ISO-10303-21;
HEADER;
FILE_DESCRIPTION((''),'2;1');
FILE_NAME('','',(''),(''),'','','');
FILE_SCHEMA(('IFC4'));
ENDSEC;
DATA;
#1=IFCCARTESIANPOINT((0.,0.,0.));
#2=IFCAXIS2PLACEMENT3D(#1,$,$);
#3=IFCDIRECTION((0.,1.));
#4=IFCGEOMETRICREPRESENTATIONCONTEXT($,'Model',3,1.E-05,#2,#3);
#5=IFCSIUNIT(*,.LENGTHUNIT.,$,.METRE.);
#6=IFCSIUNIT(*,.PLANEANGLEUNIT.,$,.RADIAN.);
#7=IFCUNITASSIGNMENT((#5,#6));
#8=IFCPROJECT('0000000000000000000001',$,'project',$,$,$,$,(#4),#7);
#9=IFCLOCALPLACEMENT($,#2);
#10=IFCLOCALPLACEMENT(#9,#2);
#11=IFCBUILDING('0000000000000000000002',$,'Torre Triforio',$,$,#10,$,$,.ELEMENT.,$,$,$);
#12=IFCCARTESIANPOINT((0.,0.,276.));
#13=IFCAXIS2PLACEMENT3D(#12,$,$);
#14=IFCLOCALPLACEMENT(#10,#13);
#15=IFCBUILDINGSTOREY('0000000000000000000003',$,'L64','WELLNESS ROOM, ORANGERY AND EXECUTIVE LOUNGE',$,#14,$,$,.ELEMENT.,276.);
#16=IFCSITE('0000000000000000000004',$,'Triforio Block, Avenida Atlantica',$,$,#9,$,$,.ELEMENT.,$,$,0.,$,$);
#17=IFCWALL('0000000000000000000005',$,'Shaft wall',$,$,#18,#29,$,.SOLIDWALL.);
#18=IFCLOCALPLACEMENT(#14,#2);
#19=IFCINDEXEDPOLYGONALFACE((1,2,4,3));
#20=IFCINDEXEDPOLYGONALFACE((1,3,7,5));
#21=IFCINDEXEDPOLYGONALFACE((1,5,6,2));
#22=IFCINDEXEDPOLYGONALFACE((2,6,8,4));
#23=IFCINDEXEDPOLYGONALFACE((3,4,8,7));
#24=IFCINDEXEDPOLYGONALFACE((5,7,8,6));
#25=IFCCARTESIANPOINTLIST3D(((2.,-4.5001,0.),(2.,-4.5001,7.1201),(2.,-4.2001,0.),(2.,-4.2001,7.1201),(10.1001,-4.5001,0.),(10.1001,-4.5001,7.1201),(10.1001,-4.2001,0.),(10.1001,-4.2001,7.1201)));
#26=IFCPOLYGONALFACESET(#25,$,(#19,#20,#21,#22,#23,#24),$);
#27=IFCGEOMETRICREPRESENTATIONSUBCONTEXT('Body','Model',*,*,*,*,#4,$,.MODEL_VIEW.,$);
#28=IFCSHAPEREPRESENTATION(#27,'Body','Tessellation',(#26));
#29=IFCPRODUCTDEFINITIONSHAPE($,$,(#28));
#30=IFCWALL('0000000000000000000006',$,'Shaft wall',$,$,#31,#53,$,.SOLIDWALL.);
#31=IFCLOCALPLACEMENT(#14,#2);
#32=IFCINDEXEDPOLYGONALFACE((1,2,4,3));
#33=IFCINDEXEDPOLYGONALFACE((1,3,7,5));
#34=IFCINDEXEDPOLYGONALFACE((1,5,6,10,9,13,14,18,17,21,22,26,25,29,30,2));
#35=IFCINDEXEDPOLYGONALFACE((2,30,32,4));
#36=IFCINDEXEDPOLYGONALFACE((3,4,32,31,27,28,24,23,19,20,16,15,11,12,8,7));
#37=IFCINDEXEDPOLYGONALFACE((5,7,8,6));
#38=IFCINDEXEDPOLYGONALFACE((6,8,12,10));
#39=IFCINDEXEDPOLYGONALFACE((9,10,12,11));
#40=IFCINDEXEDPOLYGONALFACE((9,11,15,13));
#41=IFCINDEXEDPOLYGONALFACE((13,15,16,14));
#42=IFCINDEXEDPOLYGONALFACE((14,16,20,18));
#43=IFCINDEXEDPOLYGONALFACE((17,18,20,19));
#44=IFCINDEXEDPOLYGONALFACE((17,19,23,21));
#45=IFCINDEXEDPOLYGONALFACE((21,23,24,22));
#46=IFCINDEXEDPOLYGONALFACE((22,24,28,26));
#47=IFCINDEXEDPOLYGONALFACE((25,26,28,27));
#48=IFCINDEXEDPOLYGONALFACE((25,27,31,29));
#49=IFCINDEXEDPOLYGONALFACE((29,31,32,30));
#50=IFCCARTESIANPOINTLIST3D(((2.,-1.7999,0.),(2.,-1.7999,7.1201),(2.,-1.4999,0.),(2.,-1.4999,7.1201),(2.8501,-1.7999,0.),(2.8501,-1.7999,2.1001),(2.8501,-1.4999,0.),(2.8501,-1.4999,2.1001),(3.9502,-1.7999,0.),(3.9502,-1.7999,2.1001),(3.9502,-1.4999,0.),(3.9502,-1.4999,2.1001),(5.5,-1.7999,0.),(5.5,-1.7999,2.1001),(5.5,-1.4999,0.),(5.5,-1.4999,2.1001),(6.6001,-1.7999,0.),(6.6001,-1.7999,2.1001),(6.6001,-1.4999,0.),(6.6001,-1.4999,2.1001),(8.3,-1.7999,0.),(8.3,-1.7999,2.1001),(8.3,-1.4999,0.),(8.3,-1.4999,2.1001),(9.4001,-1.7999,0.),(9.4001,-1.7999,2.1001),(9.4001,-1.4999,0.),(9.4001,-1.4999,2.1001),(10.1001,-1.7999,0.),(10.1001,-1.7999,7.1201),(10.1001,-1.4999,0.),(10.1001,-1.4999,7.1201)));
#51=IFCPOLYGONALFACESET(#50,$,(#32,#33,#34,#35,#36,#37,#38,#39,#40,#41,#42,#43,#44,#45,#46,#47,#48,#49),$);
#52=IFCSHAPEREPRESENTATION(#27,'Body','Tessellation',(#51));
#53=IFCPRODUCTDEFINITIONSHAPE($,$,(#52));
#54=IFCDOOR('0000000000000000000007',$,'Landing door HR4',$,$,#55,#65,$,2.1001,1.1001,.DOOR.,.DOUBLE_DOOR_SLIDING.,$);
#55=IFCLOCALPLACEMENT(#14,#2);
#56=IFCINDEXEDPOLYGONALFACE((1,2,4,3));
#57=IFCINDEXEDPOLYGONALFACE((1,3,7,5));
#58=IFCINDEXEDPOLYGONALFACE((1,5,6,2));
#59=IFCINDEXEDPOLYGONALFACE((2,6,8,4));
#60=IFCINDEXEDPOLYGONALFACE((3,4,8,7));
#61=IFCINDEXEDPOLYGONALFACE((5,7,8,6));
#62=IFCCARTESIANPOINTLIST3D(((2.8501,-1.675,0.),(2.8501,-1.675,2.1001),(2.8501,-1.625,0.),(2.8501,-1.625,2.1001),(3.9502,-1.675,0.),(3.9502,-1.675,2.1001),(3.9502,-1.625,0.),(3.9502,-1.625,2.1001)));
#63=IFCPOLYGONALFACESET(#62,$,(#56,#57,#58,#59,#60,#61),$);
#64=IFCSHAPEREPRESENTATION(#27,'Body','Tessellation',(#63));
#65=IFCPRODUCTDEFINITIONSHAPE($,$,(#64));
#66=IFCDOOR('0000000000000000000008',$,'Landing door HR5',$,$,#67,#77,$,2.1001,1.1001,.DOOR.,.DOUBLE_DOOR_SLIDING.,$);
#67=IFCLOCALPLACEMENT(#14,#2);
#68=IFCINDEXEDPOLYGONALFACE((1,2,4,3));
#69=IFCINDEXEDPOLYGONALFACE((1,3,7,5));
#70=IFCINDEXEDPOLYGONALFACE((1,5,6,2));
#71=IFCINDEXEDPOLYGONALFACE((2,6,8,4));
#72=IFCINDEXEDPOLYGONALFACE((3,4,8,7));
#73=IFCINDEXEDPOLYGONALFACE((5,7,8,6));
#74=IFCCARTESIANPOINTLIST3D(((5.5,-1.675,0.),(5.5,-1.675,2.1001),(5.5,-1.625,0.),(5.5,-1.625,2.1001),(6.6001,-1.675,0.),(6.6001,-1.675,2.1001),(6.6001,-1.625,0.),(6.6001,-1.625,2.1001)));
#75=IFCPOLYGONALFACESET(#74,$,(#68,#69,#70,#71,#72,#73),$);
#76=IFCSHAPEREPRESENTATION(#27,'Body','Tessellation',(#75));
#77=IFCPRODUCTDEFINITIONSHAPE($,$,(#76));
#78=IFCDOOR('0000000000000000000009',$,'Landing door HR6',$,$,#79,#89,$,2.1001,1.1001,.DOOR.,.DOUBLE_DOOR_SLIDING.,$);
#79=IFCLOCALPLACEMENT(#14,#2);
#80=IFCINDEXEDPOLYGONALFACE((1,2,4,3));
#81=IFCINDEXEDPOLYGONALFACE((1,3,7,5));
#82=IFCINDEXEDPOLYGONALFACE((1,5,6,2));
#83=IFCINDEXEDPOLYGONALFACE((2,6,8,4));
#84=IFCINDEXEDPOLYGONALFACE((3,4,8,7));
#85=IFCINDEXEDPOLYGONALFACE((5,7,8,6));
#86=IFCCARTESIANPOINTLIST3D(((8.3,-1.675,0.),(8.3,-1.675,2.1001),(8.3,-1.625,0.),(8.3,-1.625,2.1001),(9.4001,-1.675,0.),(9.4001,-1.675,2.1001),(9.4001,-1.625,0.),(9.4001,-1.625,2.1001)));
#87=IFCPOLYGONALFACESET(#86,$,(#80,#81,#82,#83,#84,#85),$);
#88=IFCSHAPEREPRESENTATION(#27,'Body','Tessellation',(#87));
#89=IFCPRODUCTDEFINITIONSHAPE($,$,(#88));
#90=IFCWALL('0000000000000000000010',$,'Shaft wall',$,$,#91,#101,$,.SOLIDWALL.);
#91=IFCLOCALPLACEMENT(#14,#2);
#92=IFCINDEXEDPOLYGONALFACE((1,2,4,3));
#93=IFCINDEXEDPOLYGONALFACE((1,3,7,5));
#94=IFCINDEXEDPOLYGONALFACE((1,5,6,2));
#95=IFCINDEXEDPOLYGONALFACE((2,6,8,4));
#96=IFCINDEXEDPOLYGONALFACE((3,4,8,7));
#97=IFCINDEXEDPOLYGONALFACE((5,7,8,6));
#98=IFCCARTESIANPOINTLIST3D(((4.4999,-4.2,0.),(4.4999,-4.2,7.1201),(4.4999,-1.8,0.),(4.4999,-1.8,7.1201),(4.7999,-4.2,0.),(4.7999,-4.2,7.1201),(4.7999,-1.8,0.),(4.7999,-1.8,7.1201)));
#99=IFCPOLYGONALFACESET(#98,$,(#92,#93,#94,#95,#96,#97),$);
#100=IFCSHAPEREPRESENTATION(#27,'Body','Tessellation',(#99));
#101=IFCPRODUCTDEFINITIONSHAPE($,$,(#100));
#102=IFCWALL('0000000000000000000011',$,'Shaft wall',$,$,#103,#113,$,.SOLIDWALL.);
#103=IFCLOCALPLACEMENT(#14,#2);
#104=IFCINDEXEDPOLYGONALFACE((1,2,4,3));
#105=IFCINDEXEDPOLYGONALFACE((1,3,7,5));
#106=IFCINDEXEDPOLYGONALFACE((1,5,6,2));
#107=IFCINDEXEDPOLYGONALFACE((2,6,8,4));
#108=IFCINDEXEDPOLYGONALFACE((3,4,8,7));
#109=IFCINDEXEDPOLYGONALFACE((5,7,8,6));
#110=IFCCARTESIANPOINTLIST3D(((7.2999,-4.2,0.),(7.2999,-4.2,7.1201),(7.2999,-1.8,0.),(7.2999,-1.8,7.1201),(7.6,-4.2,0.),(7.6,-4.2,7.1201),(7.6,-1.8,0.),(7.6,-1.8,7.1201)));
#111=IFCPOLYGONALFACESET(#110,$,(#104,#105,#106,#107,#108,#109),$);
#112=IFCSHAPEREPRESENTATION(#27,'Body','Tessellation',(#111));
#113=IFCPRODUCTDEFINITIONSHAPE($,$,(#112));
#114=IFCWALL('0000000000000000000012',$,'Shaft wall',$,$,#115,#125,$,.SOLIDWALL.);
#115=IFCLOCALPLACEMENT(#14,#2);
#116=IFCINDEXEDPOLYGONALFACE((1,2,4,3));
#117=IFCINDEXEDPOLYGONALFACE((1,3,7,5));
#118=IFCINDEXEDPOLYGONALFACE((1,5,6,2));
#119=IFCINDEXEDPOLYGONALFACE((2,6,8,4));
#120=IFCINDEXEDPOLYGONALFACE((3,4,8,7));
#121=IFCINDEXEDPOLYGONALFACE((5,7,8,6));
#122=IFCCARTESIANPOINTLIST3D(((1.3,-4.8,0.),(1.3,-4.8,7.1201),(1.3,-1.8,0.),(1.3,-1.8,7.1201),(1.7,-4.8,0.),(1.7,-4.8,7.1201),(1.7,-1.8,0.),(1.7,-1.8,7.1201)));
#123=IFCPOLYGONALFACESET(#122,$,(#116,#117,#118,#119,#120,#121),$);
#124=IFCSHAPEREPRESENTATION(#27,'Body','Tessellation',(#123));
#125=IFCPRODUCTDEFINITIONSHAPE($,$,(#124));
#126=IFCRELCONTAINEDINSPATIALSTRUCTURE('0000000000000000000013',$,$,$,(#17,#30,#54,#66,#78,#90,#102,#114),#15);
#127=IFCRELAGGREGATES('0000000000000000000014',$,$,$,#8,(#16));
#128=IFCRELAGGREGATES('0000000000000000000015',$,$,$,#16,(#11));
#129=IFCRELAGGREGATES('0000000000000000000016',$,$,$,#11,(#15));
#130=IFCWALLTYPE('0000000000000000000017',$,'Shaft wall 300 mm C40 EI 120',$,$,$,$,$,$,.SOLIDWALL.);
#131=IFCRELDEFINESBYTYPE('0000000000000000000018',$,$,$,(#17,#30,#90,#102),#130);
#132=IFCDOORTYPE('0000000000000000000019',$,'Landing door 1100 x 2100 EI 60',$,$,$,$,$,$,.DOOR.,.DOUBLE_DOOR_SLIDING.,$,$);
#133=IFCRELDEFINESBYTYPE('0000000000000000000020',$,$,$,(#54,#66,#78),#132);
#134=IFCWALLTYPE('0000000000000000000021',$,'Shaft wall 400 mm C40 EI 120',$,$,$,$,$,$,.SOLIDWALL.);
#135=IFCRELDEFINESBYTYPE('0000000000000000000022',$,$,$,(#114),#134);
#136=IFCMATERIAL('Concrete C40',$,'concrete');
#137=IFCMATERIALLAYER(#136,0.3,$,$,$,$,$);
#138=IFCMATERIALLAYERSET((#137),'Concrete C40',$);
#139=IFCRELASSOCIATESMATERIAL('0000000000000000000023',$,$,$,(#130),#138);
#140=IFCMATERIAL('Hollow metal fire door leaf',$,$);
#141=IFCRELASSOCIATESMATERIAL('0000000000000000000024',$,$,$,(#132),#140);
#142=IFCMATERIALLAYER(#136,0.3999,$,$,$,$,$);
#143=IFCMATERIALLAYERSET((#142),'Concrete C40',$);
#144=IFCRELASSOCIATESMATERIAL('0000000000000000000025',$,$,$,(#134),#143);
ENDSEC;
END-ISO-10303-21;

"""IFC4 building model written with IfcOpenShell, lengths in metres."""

from ifc_helpers import new_model, si_unit, direction, frame, frame_2d, origin, place, context, subcontext, project, spatial, rectangle, extrude, material, layer, layer_set, type_object, element, fill, save


model = new_model("IFC4")

# Units and contexts
model_context = context("Model", 3, precision=1e-05, world=origin(), true_north=direction((0.0, 1.0)))
body_context = subcontext(model_context, "Body", "Model", "MODEL_VIEW")
ifc_project = project(units=[si_unit("LENGTHUNIT", "METRE"), si_unit("PLANEANGLEUNIT", "RADIAN")], contexts=[model_context])

# Site, building, storey
site_placement = place(None, origin())
site = spatial("IfcSite", under=ifc_project, at=site_placement, Name="Triforio Block, Avenida Atlantica", CompositionType="ELEMENT", RefElevation=0.0)
building_placement = place(site_placement, origin())
building = spatial("IfcBuilding", under=site, at=building_placement, Name="Torre Triforio", CompositionType="ELEMENT")
storey_placement = place(building_placement, frame((0.0, 0.0, 276.0)))
storey = spatial("IfcBuildingStorey", under=building, at=storey_placement, Name="L64", Description="WELLNESS ROOM, ORANGERY AND EXECUTIVE LOUNGE", CompositionType="ELEMENT", Elevation=276.0)

# Shared definitions
ifc_material_1 = material(Name="Concrete C40", Category="concrete")

# Shared definitions
ifc_material_2 = material(Name="Hollow metal fire door leaf")

# Wall
ifc_layer_1 = layer(ifc_material_1, 0.3)
ifc_layer_set_1 = layer_set([ifc_layer_1], Name="Concrete C40")
wall_type_1 = type_object("IfcWallType", Name="Shaft wall 300 mm C40 EI 120", PredefinedType="SOLIDWALL", material=ifc_layer_set_1)
wall_1_placement = place(storey_placement, frame((2.0, -4.3501, 0.0), z_axis=(0.0, 0.0, 1.0), x_axis=(1.0, 0.0, 0.0)))
element("IfcWall", 1, at=wall_1_placement, inside=storey, type_object=wall_type_1, Name="Shaft wall", PredefinedType="SOLIDWALL", context=body_context, shape_type="SweptSolid", body=[
    extrude(rectangle(XDim=8.1001, YDim=0.3, at=frame_2d((4.05, 0.0))), origin(), (0.0, 0.0, 1.0), 7.1201),
])

# Wall, openings, doors
wall_2_placement = place(storey_placement, frame((2.0, -1.6499, 0.0), z_axis=(0.0, 0.0, 1.0), x_axis=(1.0, 0.0, 0.0)))
wall_2 = element("IfcWall", 2, at=wall_2_placement, inside=storey, type_object=wall_type_1, Name="Shaft wall", PredefinedType="SOLIDWALL", context=body_context, shape_type="SweptSolid", body=[
    extrude(rectangle(XDim=8.1001, YDim=0.3, at=frame_2d((4.05, 0.0))), origin(), (0.0, 0.0, 1.0), 7.1201),
])
opening_1_placement = place(wall_2_placement, frame((0.8501, 0.0, 0.0)))
opening_1 = element("IfcOpeningElement", 3, at=opening_1_placement, cuts=wall_2, PredefinedType="OPENING", context=body_context, shape_type="SweptSolid", body=[
    extrude(rectangle(XDim=1.1001, YDim=2.1001, at=frame_2d((0.55, 1.05))), frame((0.0, 0.1599, 0.0), z_axis=(0.0, -1.0, 0.0), x_axis=(1.0, 0.0, 0.0)), (0.0, 0.0, 1.0), 0.3201),
])
opening_2_placement = place(wall_2_placement, frame((3.5, 0.0, 0.0)))
opening_2 = element("IfcOpeningElement", 4, at=opening_2_placement, cuts=wall_2, PredefinedType="OPENING", context=body_context, shape_type="SweptSolid", body=[
    extrude(rectangle(XDim=1.1001, YDim=2.1001, at=frame_2d((0.55, 1.05))), frame((0.0, 0.1599, 0.0), z_axis=(0.0, -1.0, 0.0), x_axis=(1.0, 0.0, 0.0)), (0.0, 0.0, 1.0), 0.3201),
])
opening_3_placement = place(wall_2_placement, frame((6.3, 0.0, 0.0)))
opening_3 = element("IfcOpeningElement", 5, at=opening_3_placement, cuts=wall_2, PredefinedType="OPENING", context=body_context, shape_type="SweptSolid", body=[
    extrude(rectangle(XDim=1.1001, YDim=2.1001, at=frame_2d((0.55, 1.05))), frame((0.0, 0.1599, 0.0), z_axis=(0.0, -1.0, 0.0), x_axis=(1.0, 0.0, 0.0)), (0.0, 0.0, 1.0), 0.3201),
])
door_type_1 = type_object("IfcDoorType", Name="Landing door 1100 x 2100 EI 60", OperationType="DOUBLE_DOOR_SLIDING", PredefinedType="DOOR", material=ifc_material_2)
door_1_placement = place(opening_1_placement, origin())
door_1 = element("IfcDoor", 6, at=door_1_placement, inside=storey, type_object=door_type_1, Name="Landing door HR4", OperationType="DOUBLE_DOOR_SLIDING", OverallHeight=2.1001, OverallWidth=1.1001, PredefinedType="DOOR", context=body_context, shape_type="SweptSolid", body=[
    extrude(rectangle(XDim=1.1001, YDim=2.1001, at=frame_2d((0.55, 1.05))), frame((0.0, 0.0249, 0.0), z_axis=(0.0, -1.0, 0.0), x_axis=(1.0, 0.0, 0.0)), (0.0, 0.0, 1.0), 0.05),
])
fill(opening_1, door_1)
door_2_placement = place(opening_2_placement, origin())
door_2 = element("IfcDoor", 7, at=door_2_placement, inside=storey, type_object=door_type_1, Name="Landing door HR5", OperationType="DOUBLE_DOOR_SLIDING", OverallHeight=2.1001, OverallWidth=1.1001, PredefinedType="DOOR", context=body_context, shape_type="SweptSolid", body=[
    extrude(rectangle(XDim=1.1001, YDim=2.1001, at=frame_2d((0.55, 1.05))), frame((0.0, 0.0249, 0.0), z_axis=(0.0, -1.0, 0.0), x_axis=(1.0, 0.0, 0.0)), (0.0, 0.0, 1.0), 0.05),
])
fill(opening_2, door_2)
door_3_placement = place(opening_3_placement, origin())
door_3 = element("IfcDoor", 8, at=door_3_placement, inside=storey, type_object=door_type_1, Name="Landing door HR6", OperationType="DOUBLE_DOOR_SLIDING", OverallHeight=2.1001, OverallWidth=1.1001, PredefinedType="DOOR", context=body_context, shape_type="SweptSolid", body=[
    extrude(rectangle(XDim=1.1001, YDim=2.1001, at=frame_2d((0.55, 1.05))), frame((0.0, 0.0249, 0.0), z_axis=(0.0, -1.0, 0.0), x_axis=(1.0, 0.0, 0.0)), (0.0, 0.0, 1.0), 0.05),
])
fill(opening_3, door_3)

# Walls
for number, where, z_axis, x_axis, name in (
    (9, (4.6499, -4.2, 0.0), (0.0, 0.0, 1.0), (0.0, 1.0, 0.0), "Shaft wall"),
    (10, (7.45, -4.2, 0.0), (0.0, 0.0, 1.0), (0.0, 1.0, 0.0), "Shaft wall"),
):
    element("IfcWall", number, at=place(storey_placement, frame(where, z_axis=z_axis, x_axis=x_axis)), inside=storey, type_object=wall_type_1, Name=name, PredefinedType="SOLIDWALL", context=body_context, shape_type="SweptSolid", body=[
        extrude(rectangle(XDim=2.3999, YDim=0.3, at=frame_2d((1.2, 0.0))), origin(), (0.0, 0.0, 1.0), 7.1201),
    ])
ifc_layer_2 = layer(ifc_material_1, 0.3999)
ifc_layer_set_2 = layer_set([ifc_layer_2], Name="Concrete C40")
wall_type_2 = type_object("IfcWallType", Name="Shaft wall 400 mm C40 EI 120", PredefinedType="SOLIDWALL", material=ifc_layer_set_2)
wall_3_placement = place(storey_placement, frame((1.5, -4.8, 0.0), z_axis=(0.0, 0.0, 1.0), x_axis=(0.0, 1.0, 0.0)))
element("IfcWall", 11, at=wall_3_placement, inside=storey, type_object=wall_type_2, Name="Shaft wall", PredefinedType="SOLIDWALL", context=body_context, shape_type="SweptSolid", body=[
    extrude(rectangle(XDim=3.0, YDim=0.3999, at=frame_2d((1.5, 0.0))), origin(), (0.0, 0.0, 1.0), 7.1201),
])

save(model, "model.ifc")
